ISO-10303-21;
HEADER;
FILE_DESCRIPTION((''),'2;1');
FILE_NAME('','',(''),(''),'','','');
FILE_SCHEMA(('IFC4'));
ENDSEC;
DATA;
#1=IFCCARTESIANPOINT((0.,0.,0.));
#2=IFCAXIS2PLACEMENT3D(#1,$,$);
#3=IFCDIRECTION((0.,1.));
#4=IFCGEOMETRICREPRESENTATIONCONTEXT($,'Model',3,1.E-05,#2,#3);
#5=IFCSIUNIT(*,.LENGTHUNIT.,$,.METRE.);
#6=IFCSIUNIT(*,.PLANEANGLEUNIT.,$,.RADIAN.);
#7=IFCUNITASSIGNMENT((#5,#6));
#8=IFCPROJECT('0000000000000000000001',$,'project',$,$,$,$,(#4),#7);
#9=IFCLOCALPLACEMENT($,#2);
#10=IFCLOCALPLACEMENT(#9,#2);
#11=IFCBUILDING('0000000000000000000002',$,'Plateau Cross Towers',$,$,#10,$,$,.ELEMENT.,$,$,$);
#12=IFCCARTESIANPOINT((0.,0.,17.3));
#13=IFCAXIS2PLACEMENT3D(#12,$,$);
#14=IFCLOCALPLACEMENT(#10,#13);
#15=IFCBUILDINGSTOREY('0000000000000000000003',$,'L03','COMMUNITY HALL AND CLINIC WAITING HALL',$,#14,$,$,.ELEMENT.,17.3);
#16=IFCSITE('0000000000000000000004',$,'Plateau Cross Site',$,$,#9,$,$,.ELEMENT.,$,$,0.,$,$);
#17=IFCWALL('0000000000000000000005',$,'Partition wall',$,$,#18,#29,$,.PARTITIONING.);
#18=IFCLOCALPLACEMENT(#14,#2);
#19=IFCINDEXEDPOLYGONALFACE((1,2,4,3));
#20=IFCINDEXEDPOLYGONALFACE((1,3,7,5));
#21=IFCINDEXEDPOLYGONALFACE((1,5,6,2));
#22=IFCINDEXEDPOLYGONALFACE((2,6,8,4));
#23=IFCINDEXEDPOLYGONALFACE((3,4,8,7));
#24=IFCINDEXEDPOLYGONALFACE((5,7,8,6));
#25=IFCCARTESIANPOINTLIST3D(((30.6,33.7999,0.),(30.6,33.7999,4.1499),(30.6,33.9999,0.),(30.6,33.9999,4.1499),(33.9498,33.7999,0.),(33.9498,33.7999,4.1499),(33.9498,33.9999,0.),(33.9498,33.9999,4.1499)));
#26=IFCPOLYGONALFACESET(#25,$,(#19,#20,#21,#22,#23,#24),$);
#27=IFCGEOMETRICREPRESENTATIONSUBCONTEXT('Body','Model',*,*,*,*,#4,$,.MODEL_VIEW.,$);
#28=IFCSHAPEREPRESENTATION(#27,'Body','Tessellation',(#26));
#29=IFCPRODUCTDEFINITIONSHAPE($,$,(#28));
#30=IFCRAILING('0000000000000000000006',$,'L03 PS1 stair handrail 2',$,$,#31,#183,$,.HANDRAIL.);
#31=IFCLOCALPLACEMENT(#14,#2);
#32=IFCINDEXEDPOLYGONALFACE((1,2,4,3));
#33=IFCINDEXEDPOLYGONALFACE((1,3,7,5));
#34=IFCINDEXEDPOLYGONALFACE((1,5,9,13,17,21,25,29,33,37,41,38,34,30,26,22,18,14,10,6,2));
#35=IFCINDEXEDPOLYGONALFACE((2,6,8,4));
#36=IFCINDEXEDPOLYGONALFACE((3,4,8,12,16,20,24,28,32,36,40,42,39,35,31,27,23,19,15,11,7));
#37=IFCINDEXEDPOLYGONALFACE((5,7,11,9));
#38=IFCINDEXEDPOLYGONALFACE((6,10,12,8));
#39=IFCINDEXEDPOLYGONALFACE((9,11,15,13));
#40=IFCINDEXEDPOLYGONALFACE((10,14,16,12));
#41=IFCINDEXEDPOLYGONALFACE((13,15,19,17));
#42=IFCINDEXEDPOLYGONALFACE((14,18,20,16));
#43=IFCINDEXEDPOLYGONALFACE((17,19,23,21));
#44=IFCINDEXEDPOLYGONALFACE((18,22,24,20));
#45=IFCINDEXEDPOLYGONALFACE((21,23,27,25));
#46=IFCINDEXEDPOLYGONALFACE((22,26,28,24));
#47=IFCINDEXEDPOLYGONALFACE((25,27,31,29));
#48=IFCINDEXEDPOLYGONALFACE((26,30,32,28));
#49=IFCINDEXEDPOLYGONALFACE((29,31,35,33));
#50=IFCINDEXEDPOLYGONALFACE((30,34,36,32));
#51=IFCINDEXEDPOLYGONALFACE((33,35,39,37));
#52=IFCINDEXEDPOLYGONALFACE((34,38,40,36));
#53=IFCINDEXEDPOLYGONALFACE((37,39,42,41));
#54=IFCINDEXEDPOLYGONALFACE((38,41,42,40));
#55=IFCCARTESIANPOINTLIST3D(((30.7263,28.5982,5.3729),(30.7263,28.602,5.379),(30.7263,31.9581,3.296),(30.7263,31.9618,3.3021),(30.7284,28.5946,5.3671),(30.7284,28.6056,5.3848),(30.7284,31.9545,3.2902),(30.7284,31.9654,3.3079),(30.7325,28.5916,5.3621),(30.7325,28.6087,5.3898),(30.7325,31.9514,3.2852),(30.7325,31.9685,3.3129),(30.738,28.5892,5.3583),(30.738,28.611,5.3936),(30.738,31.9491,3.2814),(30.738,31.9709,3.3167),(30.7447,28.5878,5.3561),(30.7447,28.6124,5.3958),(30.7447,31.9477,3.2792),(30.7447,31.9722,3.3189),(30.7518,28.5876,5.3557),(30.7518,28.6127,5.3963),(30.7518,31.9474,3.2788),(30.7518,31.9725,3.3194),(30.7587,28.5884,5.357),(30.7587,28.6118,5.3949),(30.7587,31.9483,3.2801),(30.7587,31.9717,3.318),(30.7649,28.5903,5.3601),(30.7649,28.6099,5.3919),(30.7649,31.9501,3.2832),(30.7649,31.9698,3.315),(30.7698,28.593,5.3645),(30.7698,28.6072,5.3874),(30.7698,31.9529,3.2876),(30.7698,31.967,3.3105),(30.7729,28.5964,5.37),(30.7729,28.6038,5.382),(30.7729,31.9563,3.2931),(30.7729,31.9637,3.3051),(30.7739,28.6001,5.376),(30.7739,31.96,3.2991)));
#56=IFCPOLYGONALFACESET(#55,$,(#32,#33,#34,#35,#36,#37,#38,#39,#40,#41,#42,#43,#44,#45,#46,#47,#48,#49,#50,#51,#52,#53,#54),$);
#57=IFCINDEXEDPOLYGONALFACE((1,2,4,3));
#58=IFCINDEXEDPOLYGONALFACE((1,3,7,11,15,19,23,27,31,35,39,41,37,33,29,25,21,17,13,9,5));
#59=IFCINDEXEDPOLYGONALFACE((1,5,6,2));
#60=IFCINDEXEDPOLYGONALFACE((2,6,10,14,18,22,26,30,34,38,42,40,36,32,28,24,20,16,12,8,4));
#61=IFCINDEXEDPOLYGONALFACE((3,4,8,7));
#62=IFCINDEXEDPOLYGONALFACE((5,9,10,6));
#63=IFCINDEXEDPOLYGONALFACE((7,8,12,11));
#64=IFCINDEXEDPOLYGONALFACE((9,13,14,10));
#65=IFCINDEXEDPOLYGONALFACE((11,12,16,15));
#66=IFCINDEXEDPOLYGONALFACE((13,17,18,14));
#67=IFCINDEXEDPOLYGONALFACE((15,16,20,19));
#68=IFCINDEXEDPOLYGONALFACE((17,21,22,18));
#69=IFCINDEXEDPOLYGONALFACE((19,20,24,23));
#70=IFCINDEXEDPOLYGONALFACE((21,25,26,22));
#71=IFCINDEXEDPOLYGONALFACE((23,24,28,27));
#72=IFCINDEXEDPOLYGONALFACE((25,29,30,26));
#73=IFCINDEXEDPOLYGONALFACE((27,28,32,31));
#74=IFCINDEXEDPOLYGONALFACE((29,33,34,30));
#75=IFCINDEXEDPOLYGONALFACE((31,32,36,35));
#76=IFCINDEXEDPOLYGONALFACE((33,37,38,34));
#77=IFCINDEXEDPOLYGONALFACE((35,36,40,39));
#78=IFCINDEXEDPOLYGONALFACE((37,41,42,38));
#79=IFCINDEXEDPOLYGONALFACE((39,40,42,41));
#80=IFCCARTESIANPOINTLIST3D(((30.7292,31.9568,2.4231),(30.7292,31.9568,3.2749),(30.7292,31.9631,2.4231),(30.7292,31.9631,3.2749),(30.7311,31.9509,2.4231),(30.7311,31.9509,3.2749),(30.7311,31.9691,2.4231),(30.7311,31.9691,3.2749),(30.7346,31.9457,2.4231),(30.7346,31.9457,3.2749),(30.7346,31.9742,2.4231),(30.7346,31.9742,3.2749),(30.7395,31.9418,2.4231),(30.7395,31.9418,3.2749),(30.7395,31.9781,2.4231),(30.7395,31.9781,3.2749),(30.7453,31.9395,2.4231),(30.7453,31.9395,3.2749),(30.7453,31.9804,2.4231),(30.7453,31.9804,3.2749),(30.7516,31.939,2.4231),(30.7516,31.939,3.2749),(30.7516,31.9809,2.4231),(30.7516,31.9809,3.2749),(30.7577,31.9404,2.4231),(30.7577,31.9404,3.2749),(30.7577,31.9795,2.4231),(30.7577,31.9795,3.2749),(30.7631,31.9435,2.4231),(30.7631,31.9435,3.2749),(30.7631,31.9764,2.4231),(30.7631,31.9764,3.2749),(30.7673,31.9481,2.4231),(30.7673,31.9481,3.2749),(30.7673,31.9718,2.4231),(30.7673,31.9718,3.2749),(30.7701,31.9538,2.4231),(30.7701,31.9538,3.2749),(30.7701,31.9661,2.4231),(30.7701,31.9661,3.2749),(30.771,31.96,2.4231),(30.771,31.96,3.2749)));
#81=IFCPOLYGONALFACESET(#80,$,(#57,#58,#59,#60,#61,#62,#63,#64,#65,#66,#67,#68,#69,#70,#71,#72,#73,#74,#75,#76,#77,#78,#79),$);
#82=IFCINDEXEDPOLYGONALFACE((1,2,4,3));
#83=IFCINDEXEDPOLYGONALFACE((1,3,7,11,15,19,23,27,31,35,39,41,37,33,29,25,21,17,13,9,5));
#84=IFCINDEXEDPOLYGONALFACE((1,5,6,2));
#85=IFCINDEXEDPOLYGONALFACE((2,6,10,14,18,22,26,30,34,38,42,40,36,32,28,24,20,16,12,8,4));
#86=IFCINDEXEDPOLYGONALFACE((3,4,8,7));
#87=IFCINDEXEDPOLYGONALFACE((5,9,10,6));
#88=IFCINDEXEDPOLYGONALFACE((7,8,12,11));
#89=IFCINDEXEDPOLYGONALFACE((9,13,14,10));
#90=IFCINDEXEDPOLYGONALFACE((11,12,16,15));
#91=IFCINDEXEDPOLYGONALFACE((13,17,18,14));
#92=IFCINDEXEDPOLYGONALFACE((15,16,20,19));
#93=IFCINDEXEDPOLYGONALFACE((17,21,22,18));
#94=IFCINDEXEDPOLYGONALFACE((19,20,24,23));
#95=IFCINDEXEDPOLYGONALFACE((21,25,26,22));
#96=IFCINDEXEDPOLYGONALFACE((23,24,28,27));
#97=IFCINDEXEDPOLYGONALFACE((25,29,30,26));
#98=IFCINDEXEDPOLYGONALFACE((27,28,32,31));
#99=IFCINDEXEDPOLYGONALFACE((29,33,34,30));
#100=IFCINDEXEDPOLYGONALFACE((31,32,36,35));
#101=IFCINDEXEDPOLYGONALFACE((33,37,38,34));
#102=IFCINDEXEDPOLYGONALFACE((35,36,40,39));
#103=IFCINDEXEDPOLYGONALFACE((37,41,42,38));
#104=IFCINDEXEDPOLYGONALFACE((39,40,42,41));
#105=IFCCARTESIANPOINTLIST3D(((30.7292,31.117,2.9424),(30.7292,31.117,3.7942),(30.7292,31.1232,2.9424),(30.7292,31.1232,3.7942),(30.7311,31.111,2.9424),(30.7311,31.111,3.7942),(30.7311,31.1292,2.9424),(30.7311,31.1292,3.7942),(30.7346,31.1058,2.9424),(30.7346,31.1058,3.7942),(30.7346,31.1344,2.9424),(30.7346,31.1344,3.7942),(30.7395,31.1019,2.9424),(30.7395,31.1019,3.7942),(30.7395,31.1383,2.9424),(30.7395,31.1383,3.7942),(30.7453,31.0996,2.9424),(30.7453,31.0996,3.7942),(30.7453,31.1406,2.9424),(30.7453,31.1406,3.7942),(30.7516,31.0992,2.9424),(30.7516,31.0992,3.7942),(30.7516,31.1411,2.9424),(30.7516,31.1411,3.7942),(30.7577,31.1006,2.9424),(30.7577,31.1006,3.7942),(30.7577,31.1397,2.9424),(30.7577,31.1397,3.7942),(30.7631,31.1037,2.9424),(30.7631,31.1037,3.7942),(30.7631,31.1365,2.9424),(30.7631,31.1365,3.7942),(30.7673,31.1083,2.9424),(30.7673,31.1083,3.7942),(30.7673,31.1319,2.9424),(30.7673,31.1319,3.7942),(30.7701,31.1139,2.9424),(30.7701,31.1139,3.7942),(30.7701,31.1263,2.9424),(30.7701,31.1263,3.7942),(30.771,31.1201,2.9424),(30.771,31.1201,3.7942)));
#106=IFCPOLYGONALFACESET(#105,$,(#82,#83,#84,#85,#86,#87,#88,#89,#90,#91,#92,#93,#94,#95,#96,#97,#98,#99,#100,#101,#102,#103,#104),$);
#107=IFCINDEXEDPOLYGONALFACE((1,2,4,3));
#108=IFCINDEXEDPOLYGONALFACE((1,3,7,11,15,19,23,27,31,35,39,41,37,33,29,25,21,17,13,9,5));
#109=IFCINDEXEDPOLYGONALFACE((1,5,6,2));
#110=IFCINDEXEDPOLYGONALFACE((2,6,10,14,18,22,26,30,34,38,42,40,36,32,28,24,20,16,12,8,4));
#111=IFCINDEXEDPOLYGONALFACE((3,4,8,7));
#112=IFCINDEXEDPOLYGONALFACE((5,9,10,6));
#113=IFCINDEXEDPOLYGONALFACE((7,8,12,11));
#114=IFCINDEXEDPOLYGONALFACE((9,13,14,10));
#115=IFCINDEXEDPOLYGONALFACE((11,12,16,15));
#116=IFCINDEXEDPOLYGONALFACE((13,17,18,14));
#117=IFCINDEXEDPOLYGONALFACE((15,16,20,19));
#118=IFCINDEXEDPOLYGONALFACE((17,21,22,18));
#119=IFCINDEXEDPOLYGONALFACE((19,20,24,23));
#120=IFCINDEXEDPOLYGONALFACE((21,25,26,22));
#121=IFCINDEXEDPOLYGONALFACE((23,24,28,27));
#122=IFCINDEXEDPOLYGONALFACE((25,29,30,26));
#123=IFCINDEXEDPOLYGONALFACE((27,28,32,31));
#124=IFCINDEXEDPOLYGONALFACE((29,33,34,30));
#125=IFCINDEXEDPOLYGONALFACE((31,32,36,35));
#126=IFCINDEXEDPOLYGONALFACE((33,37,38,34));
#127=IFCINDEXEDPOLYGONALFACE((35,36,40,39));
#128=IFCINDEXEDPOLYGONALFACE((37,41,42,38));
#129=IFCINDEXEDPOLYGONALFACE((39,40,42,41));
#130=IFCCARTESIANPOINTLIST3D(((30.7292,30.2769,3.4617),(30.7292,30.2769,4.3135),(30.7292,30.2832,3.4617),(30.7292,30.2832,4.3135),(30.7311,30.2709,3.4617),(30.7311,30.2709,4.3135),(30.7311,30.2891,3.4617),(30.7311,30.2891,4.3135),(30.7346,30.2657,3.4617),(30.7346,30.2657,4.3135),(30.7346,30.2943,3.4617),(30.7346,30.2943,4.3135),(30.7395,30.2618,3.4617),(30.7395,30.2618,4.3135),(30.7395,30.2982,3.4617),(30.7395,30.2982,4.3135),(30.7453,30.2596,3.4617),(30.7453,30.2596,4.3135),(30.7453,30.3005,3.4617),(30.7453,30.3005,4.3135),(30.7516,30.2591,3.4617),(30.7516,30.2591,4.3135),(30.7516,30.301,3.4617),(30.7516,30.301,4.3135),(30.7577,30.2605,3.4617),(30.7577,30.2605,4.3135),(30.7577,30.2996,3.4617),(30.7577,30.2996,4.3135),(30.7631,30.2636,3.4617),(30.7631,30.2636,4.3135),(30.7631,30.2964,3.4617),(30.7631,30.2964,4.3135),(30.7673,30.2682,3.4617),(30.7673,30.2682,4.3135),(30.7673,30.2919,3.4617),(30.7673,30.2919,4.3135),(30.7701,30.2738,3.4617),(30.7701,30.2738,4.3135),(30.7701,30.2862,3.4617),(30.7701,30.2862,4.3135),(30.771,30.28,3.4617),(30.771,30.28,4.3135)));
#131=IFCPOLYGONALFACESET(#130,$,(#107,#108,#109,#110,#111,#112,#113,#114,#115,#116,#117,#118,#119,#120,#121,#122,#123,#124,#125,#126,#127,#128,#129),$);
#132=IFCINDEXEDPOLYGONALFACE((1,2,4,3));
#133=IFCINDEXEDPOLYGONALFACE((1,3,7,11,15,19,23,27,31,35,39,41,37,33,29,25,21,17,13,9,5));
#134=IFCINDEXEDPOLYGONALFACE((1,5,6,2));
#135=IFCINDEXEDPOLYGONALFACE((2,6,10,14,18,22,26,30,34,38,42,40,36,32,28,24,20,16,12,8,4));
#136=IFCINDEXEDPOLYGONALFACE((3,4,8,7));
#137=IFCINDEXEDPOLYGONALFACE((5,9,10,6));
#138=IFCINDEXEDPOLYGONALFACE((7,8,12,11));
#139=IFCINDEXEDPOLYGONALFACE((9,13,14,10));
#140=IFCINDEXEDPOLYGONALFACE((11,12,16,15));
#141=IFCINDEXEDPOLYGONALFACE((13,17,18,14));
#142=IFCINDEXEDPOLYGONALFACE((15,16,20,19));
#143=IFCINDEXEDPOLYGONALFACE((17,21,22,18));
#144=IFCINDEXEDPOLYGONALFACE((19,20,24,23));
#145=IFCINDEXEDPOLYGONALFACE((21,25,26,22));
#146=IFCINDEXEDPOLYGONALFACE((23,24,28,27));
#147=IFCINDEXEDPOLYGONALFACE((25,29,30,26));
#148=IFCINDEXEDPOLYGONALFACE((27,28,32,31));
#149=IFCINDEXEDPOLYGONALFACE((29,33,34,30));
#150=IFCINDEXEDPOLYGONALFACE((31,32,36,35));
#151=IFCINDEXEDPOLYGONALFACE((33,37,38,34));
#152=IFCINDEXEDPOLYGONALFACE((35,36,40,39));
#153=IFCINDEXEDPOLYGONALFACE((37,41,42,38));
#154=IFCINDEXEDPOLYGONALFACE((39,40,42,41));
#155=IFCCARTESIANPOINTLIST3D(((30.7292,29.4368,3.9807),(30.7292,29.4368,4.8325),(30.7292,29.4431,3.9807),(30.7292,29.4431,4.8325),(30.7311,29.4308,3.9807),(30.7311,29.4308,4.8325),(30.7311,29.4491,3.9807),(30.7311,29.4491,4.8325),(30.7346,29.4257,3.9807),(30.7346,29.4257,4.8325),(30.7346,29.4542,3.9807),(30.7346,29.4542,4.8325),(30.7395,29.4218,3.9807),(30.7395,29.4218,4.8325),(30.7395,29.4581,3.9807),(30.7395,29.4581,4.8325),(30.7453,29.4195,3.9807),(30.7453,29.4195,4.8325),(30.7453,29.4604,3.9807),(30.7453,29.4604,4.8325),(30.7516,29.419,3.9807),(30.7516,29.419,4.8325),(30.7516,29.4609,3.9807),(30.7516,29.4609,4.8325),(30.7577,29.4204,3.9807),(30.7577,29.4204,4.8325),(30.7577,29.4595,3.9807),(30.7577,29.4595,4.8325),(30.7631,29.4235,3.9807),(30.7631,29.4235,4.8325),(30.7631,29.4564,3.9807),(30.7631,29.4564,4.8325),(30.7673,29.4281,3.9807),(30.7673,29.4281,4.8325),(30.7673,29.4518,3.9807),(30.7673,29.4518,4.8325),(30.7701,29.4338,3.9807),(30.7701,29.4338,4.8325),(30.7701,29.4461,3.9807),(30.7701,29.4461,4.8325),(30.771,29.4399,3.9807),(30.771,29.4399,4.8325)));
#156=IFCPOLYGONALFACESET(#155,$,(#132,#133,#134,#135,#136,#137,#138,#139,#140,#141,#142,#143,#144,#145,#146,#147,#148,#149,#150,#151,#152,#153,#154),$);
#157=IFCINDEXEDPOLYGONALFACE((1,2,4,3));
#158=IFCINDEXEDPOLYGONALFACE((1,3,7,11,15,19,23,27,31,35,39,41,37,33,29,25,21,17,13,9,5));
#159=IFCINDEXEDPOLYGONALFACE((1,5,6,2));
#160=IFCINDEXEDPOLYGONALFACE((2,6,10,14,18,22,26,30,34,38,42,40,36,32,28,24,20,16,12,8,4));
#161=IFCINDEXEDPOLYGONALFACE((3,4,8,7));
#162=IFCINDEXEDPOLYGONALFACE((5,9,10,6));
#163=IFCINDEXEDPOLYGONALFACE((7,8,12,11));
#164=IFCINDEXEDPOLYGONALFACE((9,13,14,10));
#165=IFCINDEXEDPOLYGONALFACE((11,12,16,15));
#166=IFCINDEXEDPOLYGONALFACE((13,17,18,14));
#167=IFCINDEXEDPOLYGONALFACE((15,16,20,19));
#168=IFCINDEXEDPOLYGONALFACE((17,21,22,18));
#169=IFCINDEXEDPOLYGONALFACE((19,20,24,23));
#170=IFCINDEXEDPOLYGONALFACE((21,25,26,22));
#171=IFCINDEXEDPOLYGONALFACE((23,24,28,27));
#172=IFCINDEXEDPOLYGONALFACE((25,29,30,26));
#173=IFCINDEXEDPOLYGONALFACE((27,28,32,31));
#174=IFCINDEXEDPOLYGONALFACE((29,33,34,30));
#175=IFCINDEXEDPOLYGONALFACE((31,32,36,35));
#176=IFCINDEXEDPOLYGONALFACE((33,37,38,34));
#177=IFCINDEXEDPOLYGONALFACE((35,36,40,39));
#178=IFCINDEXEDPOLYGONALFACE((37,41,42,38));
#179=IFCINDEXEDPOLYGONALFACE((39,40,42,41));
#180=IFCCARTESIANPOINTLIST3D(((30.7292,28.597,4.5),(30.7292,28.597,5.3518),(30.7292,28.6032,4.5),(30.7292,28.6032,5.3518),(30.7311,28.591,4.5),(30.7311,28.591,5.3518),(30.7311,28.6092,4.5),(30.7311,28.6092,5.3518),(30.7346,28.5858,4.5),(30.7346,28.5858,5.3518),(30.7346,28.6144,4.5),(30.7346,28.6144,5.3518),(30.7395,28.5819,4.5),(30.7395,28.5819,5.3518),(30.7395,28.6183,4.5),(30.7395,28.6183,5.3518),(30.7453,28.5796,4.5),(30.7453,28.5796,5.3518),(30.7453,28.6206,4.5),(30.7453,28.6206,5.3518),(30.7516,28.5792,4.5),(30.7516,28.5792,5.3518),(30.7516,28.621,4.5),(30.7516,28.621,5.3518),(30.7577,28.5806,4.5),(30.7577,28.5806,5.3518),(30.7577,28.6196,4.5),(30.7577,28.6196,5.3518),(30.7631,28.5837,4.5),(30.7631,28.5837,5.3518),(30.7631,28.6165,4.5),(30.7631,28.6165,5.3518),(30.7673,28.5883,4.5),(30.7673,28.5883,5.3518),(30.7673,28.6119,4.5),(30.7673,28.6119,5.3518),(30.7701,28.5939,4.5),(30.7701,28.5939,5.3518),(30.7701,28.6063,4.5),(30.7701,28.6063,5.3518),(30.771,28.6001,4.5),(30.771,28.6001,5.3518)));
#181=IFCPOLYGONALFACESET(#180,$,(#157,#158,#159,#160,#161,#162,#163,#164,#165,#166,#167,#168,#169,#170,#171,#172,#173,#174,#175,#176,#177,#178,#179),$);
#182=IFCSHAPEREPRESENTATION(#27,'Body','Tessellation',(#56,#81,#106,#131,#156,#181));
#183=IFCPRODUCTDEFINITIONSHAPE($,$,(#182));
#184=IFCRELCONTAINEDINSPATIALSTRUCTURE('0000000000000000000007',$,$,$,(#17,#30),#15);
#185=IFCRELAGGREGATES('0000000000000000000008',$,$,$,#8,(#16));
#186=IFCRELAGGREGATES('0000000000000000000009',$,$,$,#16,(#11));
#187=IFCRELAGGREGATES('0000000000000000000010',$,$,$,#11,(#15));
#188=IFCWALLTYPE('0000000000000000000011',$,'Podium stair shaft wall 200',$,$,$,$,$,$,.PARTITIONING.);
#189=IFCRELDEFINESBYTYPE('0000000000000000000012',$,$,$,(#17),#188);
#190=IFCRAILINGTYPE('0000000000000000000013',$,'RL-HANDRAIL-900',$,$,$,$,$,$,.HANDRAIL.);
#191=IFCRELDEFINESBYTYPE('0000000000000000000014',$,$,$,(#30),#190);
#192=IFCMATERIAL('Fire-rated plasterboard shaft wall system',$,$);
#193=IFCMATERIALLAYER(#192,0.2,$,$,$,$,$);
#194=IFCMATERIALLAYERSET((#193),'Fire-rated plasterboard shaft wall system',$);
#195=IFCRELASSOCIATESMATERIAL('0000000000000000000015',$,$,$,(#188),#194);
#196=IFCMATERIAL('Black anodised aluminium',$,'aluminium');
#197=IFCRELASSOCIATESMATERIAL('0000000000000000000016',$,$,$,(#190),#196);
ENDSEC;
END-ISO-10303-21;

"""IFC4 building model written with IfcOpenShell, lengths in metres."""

from ifc_helpers import new_model, si_unit, direction, frame, frame_2d, origin, origin_2d, place, context, subcontext, project, spatial, rectangle, circle, extrude, material, layer, layer_set, type_object, element, save


model = new_model("IFC4")

# Units and contexts
model_context = context("Model", 3, precision=1e-05, world=origin(), true_north=direction((0.0, 1.0)))
body_context = subcontext(model_context, "Body", "Model", "MODEL_VIEW")
ifc_project = project(units=[si_unit("LENGTHUNIT", "METRE"), si_unit("PLANEANGLEUNIT", "RADIAN")], contexts=[model_context])

# Site, building, storey
site_placement = place(None, origin())
site = spatial("IfcSite", under=ifc_project, at=site_placement, Name="Plateau Cross Site", CompositionType="ELEMENT", RefElevation=0.0)
building_placement = place(site_placement, origin())
building = spatial("IfcBuilding", under=site, at=building_placement, Name="Plateau Cross Towers", CompositionType="ELEMENT")
storey_placement = place(building_placement, frame((0.0, 0.0, 17.3)))
storey = spatial("IfcBuildingStorey", under=building, at=storey_placement, Name="L03", Description="COMMUNITY HALL AND CLINIC WAITING HALL", CompositionType="ELEMENT", Elevation=17.3)

# Wall
ifc_material_1 = material(Name="Fire-rated plasterboard shaft wall system")
ifc_layer_1 = layer(ifc_material_1, 0.2)
ifc_layer_set_1 = layer_set([ifc_layer_1], Name="Fire-rated plasterboard shaft wall system")
wall_type_1 = type_object("IfcWallType", Name="Podium stair shaft wall 200", PredefinedType="PARTITIONING", material=ifc_layer_set_1)
wall_1_placement = place(storey_placement, frame((30.6001, 33.8999, 0.0), z_axis=(0.0, 0.0, 1.0), x_axis=(1.0, 0.0, 0.0)))
element("IfcWall", 1, at=wall_1_placement, inside=storey, type_object=wall_type_1, Name="Partition wall", PredefinedType="PARTITIONING", context=body_context, shape_type="SweptSolid", body=[
    extrude(rectangle(XDim=3.3499, YDim=0.2, at=frame_2d((1.6748, 0.0))), origin(), (0.0, 0.0, 1.0), 4.1499),
])

# Railing
ifc_material_2 = material(Name="Black anodised aluminium", Category="aluminium")
railing_type = type_object("IfcRailingType", Name="RL-HANDRAIL-900", PredefinedType="HANDRAIL", material=ifc_material_2)
railing_placement = place(storey_placement, frame((30.75, 31.96, 2.4231)))
element("IfcRailing", 2, at=railing_placement, inside=storey, type_object=railing_type, Name="L03 PS1 stair handrail 2", PredefinedType="HANDRAIL", context=body_context, shape_type="SweptSolid", body=[
    extrude(circle(Radius=0.0239, at=origin_2d()), frame((0.0, 0.0, 0.876), z_axis=(0.0, -0.850606, 0.525803), x_axis=(1.0, 0.0, 0.0)), (0.0, 0.0, 1.0), 3.95),
    extrude(circle(Radius=0.021, at=origin_2d()), origin(), (0.0, 0.0, 1.0), 0.8518),
    extrude(circle(Radius=0.021, at=origin_2d()), frame((0.0, -0.8398, 0.5193)), (0.0, 0.0, 1.0), 0.8518),
    extrude(circle(Radius=0.021, at=origin_2d()), frame((0.0, -1.6799, 1.0386)), (0.0, 0.0, 1.0), 0.8518),
    extrude(circle(Radius=0.021, at=origin_2d()), frame((0.0, -2.52, 1.5576)), (0.0, 0.0, 1.0), 0.8518),
    extrude(circle(Radius=0.021, at=origin_2d()), frame((0.0, -3.3599, 2.0769)), (0.0, 0.0, 1.0), 0.8518),
])

save(model, "model.ifc")
